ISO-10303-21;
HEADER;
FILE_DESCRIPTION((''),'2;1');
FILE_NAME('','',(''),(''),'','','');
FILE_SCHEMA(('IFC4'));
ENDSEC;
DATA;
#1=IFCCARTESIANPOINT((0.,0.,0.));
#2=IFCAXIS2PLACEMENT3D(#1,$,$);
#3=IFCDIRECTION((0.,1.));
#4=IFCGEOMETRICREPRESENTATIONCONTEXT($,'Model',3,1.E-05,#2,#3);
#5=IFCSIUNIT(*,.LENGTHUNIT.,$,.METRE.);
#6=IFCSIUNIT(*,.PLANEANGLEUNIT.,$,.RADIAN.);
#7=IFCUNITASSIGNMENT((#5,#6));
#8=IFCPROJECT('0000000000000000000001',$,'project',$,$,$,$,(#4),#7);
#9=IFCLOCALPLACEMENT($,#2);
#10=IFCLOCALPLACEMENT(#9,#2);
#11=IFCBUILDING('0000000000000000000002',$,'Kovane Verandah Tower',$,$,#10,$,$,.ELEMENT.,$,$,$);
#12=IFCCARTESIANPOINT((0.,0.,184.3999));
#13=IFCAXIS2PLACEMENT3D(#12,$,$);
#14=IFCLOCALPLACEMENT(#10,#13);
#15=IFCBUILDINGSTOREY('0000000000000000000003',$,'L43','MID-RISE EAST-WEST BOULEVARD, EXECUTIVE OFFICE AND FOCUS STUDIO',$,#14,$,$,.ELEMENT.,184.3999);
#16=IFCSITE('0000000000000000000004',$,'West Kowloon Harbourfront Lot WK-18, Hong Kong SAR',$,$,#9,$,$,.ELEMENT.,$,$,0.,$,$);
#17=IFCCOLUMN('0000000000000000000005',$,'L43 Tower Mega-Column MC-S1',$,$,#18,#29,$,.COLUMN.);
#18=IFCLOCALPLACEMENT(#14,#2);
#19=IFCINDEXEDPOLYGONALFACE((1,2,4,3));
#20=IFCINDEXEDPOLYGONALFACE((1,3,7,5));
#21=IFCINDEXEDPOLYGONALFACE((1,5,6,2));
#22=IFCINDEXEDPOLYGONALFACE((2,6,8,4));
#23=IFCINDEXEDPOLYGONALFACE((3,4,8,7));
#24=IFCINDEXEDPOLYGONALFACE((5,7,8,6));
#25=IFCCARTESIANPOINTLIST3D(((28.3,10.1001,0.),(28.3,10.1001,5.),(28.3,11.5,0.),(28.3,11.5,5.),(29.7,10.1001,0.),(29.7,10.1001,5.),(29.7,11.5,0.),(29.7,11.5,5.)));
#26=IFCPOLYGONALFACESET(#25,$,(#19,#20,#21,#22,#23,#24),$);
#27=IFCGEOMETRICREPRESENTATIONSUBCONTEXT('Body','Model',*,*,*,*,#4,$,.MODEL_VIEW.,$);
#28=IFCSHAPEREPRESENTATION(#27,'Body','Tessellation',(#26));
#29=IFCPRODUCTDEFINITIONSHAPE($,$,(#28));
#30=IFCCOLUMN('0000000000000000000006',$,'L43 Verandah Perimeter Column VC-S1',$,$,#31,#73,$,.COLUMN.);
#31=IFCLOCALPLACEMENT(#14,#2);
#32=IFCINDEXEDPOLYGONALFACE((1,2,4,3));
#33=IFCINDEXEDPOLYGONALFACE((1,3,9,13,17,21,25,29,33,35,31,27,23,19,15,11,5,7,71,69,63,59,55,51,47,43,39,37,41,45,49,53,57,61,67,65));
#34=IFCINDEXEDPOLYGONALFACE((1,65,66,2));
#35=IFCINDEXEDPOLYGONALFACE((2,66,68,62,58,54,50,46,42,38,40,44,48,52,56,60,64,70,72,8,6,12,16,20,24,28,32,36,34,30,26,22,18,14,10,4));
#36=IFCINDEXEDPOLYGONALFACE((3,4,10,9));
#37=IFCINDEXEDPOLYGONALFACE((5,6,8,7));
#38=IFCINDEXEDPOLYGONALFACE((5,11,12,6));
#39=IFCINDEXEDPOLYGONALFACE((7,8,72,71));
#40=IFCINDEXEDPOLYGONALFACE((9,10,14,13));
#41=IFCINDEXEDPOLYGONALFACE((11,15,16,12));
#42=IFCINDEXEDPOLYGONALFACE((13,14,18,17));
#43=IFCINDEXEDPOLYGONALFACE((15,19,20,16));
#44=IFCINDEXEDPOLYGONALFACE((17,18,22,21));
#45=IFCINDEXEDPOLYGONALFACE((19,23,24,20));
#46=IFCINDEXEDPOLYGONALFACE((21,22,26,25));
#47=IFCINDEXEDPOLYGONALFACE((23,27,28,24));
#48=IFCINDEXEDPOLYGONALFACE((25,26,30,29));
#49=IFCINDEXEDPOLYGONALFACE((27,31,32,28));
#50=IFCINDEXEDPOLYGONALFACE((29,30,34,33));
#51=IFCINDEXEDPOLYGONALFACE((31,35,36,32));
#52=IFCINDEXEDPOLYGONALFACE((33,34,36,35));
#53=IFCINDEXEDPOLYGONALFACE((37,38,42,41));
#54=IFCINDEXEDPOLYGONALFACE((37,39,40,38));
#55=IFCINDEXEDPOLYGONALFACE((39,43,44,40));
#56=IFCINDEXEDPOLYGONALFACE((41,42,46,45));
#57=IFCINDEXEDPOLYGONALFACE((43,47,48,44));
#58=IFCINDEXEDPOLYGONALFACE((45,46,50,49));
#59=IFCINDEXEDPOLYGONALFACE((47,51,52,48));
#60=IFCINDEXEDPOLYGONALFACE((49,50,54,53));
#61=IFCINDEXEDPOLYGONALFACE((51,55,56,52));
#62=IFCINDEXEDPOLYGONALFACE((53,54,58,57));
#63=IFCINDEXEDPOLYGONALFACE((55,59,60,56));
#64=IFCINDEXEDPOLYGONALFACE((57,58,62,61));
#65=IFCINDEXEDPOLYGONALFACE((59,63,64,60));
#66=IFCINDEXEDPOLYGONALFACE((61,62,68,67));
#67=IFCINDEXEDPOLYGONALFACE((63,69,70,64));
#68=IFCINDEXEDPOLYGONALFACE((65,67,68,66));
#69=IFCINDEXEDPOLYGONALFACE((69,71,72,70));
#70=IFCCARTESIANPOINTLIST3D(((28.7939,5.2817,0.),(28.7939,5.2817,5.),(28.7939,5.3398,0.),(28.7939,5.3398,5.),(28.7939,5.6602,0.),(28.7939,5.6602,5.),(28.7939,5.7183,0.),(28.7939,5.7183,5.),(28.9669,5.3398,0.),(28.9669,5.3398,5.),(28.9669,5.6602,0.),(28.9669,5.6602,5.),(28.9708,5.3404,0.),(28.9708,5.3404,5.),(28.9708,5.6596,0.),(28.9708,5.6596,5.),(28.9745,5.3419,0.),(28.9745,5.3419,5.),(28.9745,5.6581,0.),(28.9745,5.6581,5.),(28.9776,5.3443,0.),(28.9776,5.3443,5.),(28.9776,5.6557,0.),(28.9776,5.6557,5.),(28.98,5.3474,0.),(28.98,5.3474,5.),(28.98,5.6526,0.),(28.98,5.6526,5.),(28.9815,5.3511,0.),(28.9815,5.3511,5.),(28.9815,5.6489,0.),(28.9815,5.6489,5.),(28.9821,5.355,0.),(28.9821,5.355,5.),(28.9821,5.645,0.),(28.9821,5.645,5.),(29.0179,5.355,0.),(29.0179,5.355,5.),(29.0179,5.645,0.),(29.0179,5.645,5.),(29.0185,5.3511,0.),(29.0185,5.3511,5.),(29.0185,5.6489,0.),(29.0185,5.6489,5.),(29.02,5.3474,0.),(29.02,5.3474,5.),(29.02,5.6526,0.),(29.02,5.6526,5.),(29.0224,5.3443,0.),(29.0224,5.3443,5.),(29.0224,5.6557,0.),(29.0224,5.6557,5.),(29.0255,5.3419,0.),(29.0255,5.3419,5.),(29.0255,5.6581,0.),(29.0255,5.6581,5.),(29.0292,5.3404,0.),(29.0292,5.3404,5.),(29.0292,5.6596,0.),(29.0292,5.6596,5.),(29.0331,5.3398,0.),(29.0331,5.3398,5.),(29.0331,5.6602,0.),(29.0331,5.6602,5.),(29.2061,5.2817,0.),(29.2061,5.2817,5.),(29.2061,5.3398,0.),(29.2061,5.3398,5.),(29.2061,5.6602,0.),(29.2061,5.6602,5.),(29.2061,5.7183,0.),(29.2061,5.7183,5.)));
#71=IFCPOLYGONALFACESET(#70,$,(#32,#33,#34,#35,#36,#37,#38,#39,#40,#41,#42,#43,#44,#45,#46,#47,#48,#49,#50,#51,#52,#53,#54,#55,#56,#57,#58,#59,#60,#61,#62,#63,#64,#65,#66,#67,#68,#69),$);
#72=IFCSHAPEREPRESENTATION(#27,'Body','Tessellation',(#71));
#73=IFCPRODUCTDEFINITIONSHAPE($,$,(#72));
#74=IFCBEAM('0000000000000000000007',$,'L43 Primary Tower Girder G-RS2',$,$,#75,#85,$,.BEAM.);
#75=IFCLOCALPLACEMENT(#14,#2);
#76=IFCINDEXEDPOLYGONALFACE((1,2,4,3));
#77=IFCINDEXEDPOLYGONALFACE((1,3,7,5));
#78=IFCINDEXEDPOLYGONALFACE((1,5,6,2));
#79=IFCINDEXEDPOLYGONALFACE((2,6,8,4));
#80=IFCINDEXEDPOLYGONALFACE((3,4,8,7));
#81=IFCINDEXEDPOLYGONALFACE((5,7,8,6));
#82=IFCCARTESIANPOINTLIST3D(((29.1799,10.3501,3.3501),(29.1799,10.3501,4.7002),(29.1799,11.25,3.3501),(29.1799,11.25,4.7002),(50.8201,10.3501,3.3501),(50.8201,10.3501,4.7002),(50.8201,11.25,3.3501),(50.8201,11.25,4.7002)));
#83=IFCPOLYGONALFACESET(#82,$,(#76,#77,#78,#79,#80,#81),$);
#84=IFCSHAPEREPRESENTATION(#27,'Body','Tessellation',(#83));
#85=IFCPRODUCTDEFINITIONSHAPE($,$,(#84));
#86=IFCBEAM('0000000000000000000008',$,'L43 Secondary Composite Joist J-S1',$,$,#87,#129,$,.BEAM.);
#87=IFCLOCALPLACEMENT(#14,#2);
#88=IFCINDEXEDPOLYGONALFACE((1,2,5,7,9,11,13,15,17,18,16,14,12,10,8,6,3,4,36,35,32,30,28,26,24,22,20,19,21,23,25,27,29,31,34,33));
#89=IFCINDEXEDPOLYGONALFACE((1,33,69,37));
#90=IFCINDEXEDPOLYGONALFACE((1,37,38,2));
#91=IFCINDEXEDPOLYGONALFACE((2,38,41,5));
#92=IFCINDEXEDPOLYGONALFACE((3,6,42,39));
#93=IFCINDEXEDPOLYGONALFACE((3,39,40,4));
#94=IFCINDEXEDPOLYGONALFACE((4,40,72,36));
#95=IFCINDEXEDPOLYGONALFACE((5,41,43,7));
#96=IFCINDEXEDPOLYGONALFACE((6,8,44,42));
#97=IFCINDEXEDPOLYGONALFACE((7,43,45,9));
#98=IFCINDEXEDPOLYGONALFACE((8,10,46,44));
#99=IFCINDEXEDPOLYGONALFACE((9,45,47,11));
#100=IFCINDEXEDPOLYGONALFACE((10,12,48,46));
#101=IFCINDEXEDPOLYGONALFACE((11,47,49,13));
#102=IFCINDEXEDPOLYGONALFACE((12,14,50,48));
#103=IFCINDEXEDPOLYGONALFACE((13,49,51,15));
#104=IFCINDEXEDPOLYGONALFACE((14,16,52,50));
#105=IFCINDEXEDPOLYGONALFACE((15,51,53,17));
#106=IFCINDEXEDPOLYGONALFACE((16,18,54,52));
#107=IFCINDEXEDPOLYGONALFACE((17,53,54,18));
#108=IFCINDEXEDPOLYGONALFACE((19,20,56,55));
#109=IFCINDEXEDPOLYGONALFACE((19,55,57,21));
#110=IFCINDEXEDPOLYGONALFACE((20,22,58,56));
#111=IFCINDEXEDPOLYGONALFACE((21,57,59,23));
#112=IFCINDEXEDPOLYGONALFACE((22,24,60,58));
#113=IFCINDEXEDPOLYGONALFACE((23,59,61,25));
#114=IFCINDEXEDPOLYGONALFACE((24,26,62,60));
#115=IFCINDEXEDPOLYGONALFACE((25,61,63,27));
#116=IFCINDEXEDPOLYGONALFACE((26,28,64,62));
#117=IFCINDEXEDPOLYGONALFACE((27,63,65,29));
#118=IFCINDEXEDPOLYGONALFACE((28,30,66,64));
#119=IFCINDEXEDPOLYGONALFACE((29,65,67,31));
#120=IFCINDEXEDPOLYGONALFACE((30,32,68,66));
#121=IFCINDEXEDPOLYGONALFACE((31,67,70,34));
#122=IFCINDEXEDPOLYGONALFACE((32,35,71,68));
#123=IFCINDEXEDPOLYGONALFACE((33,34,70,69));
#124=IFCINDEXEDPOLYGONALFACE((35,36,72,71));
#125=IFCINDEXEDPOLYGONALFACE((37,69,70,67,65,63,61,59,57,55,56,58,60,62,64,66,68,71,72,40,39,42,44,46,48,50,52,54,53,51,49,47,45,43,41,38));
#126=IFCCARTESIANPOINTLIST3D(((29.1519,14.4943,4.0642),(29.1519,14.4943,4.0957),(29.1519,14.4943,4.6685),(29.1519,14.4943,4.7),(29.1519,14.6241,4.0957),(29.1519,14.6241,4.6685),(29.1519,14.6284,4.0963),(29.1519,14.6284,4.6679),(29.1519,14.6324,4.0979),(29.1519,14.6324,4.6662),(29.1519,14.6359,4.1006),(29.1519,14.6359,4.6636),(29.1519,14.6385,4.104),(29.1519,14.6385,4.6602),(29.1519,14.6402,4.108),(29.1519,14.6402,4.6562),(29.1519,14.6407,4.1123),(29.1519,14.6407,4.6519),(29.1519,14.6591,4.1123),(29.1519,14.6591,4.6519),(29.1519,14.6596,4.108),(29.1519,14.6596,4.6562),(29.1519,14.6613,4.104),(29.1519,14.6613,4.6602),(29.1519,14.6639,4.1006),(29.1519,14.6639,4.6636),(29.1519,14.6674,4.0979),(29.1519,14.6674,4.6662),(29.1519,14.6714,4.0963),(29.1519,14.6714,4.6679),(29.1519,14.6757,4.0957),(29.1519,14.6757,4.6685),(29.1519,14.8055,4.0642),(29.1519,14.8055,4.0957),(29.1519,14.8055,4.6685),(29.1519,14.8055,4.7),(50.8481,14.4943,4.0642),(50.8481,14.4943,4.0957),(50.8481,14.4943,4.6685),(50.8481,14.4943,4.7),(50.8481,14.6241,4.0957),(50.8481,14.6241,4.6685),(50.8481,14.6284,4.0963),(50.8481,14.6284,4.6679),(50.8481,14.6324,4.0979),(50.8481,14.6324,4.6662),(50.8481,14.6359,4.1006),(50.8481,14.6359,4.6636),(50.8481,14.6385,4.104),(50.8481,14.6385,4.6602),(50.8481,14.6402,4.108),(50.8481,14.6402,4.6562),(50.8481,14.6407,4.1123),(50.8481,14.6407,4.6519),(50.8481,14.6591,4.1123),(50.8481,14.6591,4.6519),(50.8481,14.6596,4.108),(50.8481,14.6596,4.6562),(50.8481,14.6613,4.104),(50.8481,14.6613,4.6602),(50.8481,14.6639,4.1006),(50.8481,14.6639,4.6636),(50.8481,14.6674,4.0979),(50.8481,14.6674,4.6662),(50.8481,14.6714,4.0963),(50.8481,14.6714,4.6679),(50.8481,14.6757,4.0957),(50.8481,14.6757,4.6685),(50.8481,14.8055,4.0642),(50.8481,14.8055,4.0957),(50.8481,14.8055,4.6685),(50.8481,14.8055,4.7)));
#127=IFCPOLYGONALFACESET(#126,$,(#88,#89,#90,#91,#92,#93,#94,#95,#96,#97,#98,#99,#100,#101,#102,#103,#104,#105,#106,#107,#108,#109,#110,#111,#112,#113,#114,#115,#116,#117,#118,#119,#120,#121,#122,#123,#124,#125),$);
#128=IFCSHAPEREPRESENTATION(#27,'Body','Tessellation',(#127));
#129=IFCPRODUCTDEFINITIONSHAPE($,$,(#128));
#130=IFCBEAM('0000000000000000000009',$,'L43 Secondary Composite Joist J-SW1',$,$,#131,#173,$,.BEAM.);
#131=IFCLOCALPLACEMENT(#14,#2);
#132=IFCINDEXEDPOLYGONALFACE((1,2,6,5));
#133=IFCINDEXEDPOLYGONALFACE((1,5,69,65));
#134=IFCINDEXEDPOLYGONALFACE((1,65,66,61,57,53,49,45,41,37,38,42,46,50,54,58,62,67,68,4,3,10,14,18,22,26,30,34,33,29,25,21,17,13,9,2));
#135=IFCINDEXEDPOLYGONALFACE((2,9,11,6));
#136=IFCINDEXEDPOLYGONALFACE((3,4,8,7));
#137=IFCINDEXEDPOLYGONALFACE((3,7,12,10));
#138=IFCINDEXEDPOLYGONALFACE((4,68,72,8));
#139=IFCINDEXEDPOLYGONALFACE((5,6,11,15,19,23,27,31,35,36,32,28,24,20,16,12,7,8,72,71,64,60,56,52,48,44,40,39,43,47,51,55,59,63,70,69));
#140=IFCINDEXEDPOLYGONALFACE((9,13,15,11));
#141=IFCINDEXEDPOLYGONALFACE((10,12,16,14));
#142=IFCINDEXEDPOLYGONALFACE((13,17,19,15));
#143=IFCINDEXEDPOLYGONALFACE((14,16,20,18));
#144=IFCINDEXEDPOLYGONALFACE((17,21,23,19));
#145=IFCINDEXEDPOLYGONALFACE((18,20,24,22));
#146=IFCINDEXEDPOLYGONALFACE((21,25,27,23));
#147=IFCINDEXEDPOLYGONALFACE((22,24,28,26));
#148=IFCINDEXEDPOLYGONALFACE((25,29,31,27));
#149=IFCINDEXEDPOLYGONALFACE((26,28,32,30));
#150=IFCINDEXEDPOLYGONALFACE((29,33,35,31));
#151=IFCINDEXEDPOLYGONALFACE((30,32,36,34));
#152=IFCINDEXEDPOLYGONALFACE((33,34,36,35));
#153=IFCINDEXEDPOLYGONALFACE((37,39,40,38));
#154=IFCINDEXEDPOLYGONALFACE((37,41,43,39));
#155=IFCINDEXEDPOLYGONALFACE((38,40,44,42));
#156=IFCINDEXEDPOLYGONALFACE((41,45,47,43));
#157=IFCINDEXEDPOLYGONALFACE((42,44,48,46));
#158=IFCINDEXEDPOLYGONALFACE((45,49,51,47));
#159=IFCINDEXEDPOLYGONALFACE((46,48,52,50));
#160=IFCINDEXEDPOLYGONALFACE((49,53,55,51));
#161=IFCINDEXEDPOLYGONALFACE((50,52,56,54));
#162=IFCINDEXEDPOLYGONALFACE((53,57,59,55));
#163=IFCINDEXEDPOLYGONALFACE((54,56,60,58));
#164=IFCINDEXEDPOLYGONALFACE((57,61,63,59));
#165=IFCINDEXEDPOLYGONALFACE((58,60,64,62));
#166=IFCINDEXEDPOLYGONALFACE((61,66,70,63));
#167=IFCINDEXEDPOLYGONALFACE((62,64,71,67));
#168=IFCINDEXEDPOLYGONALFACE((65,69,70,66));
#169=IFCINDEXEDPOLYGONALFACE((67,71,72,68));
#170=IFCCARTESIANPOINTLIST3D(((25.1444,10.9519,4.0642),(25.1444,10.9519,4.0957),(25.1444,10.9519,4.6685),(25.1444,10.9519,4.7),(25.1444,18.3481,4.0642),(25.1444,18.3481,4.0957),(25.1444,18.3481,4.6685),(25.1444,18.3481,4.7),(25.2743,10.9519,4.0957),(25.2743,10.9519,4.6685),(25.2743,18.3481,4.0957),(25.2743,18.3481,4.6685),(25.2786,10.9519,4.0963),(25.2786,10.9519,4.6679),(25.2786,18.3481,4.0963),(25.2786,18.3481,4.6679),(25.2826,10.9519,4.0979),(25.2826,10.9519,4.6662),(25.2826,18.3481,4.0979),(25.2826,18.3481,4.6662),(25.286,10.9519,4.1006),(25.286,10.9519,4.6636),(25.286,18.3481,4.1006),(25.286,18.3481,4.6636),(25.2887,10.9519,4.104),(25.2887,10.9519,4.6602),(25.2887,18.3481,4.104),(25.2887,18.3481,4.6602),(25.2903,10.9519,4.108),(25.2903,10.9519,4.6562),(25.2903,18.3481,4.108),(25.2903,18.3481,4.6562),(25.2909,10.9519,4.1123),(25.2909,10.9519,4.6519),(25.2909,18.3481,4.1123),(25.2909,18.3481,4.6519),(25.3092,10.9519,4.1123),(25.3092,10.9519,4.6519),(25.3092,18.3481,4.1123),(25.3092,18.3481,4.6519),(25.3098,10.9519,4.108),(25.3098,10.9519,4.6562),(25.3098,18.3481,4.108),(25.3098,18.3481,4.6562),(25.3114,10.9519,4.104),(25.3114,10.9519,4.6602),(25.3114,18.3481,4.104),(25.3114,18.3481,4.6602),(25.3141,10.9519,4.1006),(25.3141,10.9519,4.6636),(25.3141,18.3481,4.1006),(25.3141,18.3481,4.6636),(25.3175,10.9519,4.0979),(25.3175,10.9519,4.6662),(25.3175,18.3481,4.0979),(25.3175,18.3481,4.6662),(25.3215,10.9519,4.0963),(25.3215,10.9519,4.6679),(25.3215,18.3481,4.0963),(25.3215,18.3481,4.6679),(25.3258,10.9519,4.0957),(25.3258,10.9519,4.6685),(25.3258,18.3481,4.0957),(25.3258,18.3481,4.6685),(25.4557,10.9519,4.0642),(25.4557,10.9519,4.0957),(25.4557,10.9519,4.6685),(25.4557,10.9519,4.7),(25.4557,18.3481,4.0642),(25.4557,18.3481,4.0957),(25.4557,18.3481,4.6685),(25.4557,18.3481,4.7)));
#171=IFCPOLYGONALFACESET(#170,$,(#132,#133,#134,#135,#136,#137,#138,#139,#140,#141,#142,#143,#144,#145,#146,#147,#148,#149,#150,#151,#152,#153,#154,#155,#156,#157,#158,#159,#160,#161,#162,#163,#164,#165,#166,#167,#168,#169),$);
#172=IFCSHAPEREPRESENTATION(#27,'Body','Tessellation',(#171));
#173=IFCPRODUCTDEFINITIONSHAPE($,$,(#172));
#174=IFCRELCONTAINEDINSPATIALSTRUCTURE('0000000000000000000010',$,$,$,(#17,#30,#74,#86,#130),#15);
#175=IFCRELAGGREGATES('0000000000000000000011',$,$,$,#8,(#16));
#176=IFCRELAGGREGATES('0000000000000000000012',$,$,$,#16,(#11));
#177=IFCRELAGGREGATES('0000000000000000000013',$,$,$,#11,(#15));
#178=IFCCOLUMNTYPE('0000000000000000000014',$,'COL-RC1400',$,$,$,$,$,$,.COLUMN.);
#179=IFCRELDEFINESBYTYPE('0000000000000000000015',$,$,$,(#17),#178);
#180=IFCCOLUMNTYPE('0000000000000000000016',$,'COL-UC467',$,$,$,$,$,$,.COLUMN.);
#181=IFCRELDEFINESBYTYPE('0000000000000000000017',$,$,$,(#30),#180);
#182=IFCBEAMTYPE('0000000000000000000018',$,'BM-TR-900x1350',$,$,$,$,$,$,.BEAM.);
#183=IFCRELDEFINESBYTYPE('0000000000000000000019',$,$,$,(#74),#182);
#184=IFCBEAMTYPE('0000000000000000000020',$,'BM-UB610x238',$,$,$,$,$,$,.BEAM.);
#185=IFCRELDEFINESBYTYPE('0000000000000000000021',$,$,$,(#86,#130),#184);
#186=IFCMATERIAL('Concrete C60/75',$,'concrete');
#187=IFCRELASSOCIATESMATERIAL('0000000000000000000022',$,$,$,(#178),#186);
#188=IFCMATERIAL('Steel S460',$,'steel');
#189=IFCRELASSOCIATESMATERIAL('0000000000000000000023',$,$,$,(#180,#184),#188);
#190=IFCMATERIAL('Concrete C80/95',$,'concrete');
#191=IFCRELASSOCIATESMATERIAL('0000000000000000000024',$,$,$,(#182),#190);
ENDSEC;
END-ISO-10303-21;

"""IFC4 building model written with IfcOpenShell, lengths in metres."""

from ifc_helpers import new_model, si_unit, direction, frame, origin, origin_2d, place, context, subcontext, project, spatial, rectangle, i_section, extrude, material, material_profile, profile_set, type_object, element, save


model = new_model("IFC4")

# Units and contexts
model_context = context("Model", 3, precision=1e-05, world=origin(), true_north=direction((0.0, 1.0)))
body_context = subcontext(model_context, "Body", "Model", "MODEL_VIEW")
ifc_project = project(units=[si_unit("LENGTHUNIT", "METRE"), si_unit("PLANEANGLEUNIT", "RADIAN")], contexts=[model_context])

# Site, building, storey
site_placement = place(None, origin())
site = spatial("IfcSite", under=ifc_project, at=site_placement, Name="West Kowloon Harbourfront Lot WK-18, Hong Kong SAR", CompositionType="ELEMENT", RefElevation=0.0)
building_placement = place(site_placement, origin())
building = spatial("IfcBuilding", under=site, at=building_placement, Name="Kovane Verandah Tower", CompositionType="ELEMENT")
storey_placement = place(building_placement, frame((0.0, 0.0, 184.3999)))
storey = spatial("IfcBuildingStorey", under=building, at=storey_placement, Name="L43", Description="MID-RISE EAST-WEST BOULEVARD, EXECUTIVE OFFICE AND FOCUS STUDIO", CompositionType="ELEMENT", Elevation=184.3999)

# Columns
ifc_material_1 = material(Name="Concrete C60/75", Category="concrete")
ifc_material_profile_1 = material_profile(ifc_material_1, rectangle(XDim=1.3999, YDim=1.3999, at=origin_2d()), Name="RC1400x1400")
ifc_profile_set_1 = profile_set([ifc_material_profile_1], Name="Concrete C60/75")
column_type_1 = type_object("IfcColumnType", Name="COL-RC1400", PredefinedType="COLUMN", material=ifc_profile_set_1)
column_1_placement = place(storey_placement, frame((29.0, 10.8, 0.0), z_axis=(0.0, 0.0, 1.0), x_axis=(1.0, 0.0, 0.0)))
element("IfcColumn", 1, at=column_1_placement, inside=storey, type_object=column_type_1, Name="L43 Tower Mega-Column MC-S1", PredefinedType="COLUMN", context=body_context, shape_type="SweptSolid", body=[
    extrude(rectangle(XDim=1.3999, YDim=1.3999, at=origin_2d()), origin(), (0.0, 0.0, 1.0), 5.0),
])
ifc_material_2 = material(Name="Steel S460", Category="steel")
ifc_material_profile_2 = material_profile(ifc_material_2, i_section(OverallWidth=0.4121, OverallDepth=0.4365, WebThickness=0.0359, FlangeThickness=0.0581, FilletRadius=0.0151, at=origin_2d()), Name="UC356x406x467")
ifc_profile_set_2 = profile_set([ifc_material_profile_2], Name="Steel S460")
column_type_2 = type_object("IfcColumnType", Name="COL-UC467", PredefinedType="COLUMN", material=ifc_profile_set_2)
column_2_placement = place(storey_placement, frame((29.0, 5.5, 0.0), z_axis=(0.0, 0.0, 1.0), x_axis=(1.0, 0.0, 0.0)))
element("IfcColumn", 2, at=column_2_placement, inside=storey, type_object=column_type_2, Name="L43 Verandah Perimeter Column VC-S1", PredefinedType="COLUMN", context=body_context, shape_type="SweptSolid", body=[
    extrude(i_section(OverallWidth=0.4121, OverallDepth=0.4365, WebThickness=0.0359, FlangeThickness=0.0581, FilletRadius=0.0151, at=origin_2d()), origin(), (0.0, 0.0, 1.0), 5.0),
])

# Beams
ifc_material_3 = material(Name="Concrete C80/95", Category="concrete")
ifc_material_profile_3 = material_profile(ifc_material_3, rectangle(XDim=0.8999, YDim=1.3501, at=origin_2d()), Name="RCB900x1350")
ifc_profile_set_3 = profile_set([ifc_material_profile_3], Name="Concrete C80/95")
beam_type_1 = type_object("IfcBeamType", Name="BM-TR-900x1350", PredefinedType="BEAM", material=ifc_profile_set_3)
beam_1_placement = place(storey_placement, frame((29.1799, 10.8, 4.0251), z_axis=(1.0, 0.0, 0.0), x_axis=(0.0, 1.0, 0.0)))
element("IfcBeam", 3, at=beam_1_placement, inside=storey, type_object=beam_type_1, Name="L43 Primary Tower Girder G-RS2", PredefinedType="BEAM", context=body_context, shape_type="SweptSolid", body=[
    extrude(rectangle(XDim=0.8999, YDim=1.3501, at=origin_2d()), origin(), (0.0, 0.0, 1.0), 21.6401),
])
ifc_material_profile_4 = material_profile(ifc_material_2, i_section(OverallWidth=0.3113, OverallDepth=0.6357, WebThickness=0.0183, FlangeThickness=0.0315, FilletRadius=0.0166, at=origin_2d()), Name="UB610x305x238")
ifc_profile_set_4 = profile_set([ifc_material_profile_4], Name="Steel S460")
beam_type_2 = type_object("IfcBeamType", Name="BM-UB610x238", PredefinedType="BEAM", material=ifc_profile_set_4)
beam_2_placement = place(storey_placement, frame((29.1519, 14.6499, 4.3821), z_axis=(1.0, 0.0, 0.0), x_axis=(0.0, 1.0, 0.0)))
element("IfcBeam", 4, at=beam_2_placement, inside=storey, type_object=beam_type_2, Name="L43 Secondary Composite Joist J-S1", PredefinedType="BEAM", context=body_context, shape_type="SweptSolid", body=[
    extrude(i_section(OverallWidth=0.3113, OverallDepth=0.6357, WebThickness=0.0183, FlangeThickness=0.0315, FilletRadius=0.0166, at=origin_2d()), origin(), (0.0, 0.0, 1.0), 21.6963),
])
beam_3_placement = place(storey_placement, frame((25.3, 10.9519, 4.3821), z_axis=(0.0, 1.0, 0.0), x_axis=(-1.0, 0.0, 0.0)))
element("IfcBeam", 5, at=beam_3_placement, inside=storey, type_object=beam_type_2, Name="L43 Secondary Composite Joist J-SW1", PredefinedType="BEAM", context=body_context, shape_type="SweptSolid", body=[
    extrude(i_section(OverallWidth=0.3113, OverallDepth=0.6357, WebThickness=0.0183, FlangeThickness=0.0315, FilletRadius=0.0166, at=origin_2d()), origin(), (0.0, 0.0, 1.0), 7.3962),
])

save(model, "model.ifc")
